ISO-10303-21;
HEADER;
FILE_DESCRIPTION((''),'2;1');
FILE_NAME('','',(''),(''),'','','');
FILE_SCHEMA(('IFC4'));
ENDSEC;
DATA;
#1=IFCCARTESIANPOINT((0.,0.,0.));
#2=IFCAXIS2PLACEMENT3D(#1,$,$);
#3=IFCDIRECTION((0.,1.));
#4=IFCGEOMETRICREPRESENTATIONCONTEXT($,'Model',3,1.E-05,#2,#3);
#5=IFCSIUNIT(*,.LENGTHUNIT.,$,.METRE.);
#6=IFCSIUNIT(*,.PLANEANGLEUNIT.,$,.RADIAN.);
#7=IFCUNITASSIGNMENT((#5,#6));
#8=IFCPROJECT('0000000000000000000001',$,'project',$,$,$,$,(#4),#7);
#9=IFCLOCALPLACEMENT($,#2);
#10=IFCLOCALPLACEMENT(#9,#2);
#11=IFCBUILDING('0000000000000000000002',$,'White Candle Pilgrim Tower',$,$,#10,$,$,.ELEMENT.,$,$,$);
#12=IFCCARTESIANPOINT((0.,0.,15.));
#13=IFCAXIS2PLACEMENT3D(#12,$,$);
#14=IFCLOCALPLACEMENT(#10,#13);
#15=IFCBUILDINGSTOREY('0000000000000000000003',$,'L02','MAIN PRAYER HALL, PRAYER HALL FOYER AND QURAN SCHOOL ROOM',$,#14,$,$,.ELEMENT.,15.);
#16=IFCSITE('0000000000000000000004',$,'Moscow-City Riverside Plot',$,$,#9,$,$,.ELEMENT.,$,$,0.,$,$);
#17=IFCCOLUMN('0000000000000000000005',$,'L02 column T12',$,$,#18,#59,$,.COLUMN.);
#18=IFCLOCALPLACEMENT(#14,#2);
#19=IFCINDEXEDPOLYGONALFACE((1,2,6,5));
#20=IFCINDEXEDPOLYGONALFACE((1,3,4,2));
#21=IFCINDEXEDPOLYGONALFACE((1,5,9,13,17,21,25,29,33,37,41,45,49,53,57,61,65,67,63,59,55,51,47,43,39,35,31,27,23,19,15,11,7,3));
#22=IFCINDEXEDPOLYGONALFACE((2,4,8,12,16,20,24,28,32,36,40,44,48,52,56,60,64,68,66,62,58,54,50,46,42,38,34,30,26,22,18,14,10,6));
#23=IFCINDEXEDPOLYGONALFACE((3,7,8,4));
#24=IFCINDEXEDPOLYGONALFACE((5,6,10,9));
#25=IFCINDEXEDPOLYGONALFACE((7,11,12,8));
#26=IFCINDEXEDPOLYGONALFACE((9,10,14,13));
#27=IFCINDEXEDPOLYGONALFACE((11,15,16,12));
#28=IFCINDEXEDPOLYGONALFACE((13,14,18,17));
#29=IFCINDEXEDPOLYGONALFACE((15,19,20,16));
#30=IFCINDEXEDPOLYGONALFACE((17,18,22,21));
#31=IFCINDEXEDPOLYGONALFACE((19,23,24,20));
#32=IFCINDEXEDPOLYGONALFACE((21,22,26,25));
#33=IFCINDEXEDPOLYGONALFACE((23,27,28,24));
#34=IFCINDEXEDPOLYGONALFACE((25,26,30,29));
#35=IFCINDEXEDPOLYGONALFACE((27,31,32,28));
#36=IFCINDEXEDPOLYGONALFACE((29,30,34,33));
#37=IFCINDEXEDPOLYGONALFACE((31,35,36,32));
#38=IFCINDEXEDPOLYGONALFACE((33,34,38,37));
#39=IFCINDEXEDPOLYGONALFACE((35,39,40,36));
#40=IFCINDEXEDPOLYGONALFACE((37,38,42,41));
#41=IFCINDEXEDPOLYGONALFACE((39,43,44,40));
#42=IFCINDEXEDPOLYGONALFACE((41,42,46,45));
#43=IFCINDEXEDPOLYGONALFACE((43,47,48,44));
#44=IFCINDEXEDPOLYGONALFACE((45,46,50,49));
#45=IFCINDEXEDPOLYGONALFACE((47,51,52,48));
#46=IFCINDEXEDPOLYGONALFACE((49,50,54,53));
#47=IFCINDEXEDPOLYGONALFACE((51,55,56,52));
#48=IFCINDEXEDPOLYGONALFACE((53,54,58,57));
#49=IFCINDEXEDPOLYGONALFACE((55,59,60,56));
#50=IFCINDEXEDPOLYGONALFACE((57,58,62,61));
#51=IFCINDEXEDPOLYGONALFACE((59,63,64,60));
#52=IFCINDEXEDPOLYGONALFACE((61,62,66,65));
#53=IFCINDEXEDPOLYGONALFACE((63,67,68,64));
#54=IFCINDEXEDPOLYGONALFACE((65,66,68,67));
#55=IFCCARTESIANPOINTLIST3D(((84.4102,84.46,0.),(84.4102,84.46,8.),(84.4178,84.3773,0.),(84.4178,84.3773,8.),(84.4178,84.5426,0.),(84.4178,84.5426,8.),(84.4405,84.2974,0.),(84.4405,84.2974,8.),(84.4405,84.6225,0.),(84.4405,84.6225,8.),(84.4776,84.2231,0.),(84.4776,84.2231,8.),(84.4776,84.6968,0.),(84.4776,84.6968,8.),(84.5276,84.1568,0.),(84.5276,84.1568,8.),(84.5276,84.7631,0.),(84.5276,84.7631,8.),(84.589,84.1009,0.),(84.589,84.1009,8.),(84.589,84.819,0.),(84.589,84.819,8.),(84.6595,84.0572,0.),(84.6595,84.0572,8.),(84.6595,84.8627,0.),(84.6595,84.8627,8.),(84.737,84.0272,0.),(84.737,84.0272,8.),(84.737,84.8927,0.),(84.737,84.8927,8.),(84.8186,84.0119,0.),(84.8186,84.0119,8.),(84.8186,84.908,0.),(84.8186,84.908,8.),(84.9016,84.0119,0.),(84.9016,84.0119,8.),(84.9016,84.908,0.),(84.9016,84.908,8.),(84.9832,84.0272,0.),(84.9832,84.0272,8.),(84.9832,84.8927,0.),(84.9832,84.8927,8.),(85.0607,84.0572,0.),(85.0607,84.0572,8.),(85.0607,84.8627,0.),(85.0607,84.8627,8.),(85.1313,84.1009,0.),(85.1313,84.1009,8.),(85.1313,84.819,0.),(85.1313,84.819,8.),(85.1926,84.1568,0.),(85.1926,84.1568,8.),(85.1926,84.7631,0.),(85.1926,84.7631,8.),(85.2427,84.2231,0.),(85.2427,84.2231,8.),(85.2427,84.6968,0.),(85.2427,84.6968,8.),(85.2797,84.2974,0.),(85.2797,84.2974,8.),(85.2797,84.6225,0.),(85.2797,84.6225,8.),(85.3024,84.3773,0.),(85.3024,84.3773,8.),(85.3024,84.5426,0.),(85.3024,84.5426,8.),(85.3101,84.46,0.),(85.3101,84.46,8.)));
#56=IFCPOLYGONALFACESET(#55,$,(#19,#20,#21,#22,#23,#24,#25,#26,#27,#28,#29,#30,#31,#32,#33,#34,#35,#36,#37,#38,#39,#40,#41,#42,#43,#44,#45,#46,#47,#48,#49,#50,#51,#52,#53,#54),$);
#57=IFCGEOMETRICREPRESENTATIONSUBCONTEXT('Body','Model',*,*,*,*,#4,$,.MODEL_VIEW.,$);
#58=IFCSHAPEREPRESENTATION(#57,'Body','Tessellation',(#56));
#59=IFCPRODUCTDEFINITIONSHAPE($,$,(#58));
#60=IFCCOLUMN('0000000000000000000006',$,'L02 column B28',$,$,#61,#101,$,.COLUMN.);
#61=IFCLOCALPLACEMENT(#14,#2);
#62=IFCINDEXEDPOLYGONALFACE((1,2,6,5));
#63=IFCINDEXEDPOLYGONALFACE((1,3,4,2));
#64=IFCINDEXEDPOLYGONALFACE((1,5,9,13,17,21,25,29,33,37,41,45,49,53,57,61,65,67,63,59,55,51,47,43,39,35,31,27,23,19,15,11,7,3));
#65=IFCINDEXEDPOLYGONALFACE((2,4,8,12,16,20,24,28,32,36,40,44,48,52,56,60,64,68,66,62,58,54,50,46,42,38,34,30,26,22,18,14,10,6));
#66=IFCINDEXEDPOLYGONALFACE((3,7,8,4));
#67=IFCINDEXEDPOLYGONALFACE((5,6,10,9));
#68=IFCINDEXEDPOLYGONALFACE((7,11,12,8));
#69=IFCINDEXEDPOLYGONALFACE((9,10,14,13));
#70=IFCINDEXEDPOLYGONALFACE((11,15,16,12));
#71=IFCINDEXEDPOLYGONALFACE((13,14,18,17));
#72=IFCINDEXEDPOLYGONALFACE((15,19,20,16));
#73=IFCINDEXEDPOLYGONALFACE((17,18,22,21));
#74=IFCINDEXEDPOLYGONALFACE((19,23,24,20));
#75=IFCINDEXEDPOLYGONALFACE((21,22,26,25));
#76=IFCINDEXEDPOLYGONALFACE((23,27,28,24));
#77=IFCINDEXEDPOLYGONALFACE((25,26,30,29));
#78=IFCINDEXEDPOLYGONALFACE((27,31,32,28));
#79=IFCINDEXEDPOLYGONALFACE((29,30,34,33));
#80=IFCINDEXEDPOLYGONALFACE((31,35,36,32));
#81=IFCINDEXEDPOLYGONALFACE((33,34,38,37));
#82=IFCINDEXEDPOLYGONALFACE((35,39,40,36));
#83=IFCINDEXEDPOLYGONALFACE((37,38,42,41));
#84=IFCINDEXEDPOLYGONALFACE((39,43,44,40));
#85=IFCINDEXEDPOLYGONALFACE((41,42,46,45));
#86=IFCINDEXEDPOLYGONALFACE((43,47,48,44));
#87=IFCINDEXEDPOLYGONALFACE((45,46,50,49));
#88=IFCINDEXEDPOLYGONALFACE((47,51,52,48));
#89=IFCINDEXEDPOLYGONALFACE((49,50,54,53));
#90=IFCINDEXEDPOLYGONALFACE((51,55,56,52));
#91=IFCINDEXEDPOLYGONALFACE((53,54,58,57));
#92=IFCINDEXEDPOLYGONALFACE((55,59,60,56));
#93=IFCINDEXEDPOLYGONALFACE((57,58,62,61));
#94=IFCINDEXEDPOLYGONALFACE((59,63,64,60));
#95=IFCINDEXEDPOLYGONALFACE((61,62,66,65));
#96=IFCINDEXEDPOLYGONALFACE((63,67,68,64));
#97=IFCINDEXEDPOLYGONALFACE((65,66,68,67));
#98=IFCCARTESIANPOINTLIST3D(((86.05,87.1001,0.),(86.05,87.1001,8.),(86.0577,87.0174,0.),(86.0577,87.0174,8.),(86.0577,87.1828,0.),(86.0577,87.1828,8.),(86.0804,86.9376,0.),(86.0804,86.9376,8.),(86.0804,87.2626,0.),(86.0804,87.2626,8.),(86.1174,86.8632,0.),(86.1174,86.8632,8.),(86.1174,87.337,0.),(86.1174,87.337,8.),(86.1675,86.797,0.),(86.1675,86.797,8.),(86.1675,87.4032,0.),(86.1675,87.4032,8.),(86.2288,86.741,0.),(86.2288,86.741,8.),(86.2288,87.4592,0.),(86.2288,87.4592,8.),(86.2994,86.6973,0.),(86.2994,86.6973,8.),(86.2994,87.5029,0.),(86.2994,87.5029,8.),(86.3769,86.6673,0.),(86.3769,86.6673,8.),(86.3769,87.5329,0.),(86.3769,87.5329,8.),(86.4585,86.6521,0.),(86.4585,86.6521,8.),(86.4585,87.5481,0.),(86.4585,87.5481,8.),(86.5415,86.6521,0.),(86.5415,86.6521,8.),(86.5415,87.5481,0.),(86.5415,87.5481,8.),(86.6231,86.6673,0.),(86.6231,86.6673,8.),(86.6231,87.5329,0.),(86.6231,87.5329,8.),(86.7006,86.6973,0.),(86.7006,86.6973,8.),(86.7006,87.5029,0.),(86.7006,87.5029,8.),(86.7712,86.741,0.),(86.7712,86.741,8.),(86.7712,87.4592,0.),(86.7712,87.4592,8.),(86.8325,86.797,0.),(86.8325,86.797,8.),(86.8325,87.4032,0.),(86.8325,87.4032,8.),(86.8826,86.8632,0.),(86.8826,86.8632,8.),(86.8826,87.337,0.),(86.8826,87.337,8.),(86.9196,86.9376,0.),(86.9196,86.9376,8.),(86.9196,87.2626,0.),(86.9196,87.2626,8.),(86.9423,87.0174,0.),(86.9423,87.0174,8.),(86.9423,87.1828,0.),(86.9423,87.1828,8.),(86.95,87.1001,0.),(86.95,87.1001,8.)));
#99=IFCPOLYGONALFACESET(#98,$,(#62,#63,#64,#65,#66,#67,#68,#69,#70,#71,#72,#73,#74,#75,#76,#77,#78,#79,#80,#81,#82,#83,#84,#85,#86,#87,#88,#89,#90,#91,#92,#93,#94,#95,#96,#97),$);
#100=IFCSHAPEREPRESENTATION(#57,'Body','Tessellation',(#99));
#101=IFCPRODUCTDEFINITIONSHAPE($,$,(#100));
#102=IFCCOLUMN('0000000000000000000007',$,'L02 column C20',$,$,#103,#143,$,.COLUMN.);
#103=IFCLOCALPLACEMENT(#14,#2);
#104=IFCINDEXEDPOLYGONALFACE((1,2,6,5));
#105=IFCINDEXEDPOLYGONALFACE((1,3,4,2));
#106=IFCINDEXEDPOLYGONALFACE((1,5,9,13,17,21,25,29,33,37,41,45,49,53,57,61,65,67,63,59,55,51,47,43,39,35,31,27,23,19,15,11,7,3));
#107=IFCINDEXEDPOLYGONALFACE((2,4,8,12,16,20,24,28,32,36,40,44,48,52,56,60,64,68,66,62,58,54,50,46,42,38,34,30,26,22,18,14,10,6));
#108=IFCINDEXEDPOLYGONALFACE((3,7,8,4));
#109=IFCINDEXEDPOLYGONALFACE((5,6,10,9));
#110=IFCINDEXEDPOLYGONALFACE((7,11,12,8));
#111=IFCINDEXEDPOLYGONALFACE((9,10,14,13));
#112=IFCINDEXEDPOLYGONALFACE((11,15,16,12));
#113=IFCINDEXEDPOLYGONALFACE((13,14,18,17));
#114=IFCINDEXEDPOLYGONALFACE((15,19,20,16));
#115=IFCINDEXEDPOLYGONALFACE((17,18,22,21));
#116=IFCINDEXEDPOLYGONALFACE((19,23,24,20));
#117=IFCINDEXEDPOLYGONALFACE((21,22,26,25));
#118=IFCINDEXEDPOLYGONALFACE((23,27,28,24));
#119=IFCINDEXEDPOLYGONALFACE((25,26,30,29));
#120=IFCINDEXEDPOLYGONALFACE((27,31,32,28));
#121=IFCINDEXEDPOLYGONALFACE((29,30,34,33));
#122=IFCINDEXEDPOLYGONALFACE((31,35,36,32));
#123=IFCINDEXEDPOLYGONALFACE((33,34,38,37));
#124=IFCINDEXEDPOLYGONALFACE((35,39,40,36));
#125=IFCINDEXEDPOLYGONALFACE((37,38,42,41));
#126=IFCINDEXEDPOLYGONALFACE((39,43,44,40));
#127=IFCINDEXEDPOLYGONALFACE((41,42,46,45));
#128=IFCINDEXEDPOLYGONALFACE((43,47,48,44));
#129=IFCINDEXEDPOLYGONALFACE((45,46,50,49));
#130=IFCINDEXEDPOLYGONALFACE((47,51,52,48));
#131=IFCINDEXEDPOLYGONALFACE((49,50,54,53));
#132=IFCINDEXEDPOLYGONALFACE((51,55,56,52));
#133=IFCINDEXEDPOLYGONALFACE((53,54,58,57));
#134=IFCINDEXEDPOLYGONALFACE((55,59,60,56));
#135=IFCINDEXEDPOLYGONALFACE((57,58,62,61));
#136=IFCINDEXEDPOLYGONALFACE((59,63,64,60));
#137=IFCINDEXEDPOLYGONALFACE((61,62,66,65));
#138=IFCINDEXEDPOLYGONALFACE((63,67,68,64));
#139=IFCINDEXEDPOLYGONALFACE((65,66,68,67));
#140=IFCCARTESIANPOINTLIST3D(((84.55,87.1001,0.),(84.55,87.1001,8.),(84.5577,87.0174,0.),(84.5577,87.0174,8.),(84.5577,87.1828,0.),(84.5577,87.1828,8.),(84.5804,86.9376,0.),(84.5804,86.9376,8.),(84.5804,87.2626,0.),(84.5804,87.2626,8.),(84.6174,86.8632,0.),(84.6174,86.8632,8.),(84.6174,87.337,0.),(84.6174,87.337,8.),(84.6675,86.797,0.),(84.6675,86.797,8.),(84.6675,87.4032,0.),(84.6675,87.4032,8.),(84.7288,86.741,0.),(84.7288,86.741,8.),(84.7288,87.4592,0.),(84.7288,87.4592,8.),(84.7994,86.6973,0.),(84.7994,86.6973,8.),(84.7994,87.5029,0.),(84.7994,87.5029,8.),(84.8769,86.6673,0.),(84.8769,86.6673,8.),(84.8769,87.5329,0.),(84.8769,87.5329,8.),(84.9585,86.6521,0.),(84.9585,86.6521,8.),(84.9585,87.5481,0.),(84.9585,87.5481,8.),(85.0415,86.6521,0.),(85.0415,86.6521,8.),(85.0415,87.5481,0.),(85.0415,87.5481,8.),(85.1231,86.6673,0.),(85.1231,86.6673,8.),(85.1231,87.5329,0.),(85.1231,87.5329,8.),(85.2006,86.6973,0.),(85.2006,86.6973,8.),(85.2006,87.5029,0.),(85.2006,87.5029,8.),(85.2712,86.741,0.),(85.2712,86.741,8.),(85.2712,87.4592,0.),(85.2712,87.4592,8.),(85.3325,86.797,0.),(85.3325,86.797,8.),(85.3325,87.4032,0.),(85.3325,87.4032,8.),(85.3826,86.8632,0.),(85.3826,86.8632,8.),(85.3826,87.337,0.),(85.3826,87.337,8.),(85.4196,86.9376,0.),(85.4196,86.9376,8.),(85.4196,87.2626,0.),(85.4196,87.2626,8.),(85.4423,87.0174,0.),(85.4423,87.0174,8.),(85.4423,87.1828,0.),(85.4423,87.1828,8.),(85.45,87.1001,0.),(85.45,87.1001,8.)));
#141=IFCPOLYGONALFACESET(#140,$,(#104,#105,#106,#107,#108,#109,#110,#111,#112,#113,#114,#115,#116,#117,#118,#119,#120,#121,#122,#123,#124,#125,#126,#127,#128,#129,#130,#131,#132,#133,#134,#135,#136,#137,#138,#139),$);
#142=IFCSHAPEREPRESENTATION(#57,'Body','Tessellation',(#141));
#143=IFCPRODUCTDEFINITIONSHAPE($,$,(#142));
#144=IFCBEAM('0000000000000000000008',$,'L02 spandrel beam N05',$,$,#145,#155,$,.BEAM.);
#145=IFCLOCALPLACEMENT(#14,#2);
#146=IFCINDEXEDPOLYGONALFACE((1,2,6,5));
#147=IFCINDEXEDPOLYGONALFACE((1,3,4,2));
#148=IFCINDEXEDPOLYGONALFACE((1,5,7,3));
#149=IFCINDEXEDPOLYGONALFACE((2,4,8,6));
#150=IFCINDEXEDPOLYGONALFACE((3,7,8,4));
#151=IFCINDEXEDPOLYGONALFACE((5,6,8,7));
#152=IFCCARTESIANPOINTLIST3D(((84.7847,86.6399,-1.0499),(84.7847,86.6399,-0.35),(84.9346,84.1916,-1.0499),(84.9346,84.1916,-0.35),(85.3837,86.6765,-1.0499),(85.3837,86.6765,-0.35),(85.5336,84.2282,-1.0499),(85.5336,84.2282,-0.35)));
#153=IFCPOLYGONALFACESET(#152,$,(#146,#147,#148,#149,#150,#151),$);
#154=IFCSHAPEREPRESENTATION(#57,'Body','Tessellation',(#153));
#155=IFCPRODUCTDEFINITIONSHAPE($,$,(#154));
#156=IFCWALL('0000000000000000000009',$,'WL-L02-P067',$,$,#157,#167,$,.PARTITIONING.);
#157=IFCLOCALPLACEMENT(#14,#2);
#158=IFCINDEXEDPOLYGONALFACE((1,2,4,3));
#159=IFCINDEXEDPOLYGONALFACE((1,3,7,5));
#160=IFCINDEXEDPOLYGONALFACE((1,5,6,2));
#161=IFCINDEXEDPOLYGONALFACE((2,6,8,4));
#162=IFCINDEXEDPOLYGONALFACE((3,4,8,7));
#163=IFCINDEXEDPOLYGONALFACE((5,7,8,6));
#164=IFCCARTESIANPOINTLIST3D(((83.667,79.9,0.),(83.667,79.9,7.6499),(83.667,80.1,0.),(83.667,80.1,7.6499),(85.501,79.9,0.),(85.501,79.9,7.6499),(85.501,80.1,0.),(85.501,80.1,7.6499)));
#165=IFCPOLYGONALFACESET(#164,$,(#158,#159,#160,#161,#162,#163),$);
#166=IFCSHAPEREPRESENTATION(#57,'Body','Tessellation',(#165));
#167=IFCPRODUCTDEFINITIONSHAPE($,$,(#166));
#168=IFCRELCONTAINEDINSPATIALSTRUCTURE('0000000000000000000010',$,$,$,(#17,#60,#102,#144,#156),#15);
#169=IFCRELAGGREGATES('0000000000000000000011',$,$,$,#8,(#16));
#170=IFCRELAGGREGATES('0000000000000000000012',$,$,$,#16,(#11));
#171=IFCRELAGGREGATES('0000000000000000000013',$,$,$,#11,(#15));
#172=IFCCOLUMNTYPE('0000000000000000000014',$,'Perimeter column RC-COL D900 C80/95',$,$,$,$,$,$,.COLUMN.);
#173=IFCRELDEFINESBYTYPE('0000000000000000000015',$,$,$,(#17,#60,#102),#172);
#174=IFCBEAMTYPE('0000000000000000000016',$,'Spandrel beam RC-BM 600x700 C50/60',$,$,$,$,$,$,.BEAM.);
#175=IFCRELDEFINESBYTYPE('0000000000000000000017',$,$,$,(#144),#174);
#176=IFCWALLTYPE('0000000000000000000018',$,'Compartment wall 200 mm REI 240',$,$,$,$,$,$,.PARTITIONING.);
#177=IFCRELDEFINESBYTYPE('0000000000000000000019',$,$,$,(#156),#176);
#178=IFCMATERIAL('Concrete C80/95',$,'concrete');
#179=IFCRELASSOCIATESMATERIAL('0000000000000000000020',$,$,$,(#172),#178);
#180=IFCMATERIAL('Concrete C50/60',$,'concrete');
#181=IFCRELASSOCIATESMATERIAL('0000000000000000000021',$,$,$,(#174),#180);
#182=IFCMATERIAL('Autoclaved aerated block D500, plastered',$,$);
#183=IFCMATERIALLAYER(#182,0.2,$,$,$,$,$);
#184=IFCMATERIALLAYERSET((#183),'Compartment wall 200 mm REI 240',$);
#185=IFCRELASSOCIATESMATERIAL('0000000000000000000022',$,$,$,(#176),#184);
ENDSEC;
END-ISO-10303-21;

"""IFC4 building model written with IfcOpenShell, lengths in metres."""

from ifc_helpers import new_model, si_unit, direction, frame, frame_2d, origin, origin_2d, place, context, subcontext, project, spatial, rectangle, circle, extrude, material, layer, layer_set, material_profile, profile_set, type_object, element, save


model = new_model("IFC4")

# Units and contexts
model_context = context("Model", 3, precision=1e-05, world=origin(), true_north=direction((0.0, 1.0)))
body_context = subcontext(model_context, "Body", "Model", "MODEL_VIEW")
ifc_project = project(units=[si_unit("LENGTHUNIT", "METRE"), si_unit("PLANEANGLEUNIT", "RADIAN")], contexts=[model_context])

# Site, building, storey
site_placement = place(None, origin())
site = spatial("IfcSite", under=ifc_project, at=site_placement, Name="Moscow-City Riverside Plot", CompositionType="ELEMENT", RefElevation=0.0)
building_placement = place(site_placement, origin())
building = spatial("IfcBuilding", under=site, at=building_placement, Name="White Candle Pilgrim Tower", CompositionType="ELEMENT")
storey_placement = place(building_placement, frame((0.0, 0.0, 15.0)))
storey = spatial("IfcBuildingStorey", under=building, at=storey_placement, Name="L02", Description="MAIN PRAYER HALL, PRAYER HALL FOYER AND QURAN SCHOOL ROOM", CompositionType="ELEMENT", Elevation=15.0)

# Columns
ifc_material_1 = material(Name="Concrete C80/95", Category="concrete")
ifc_material_profile_1 = material_profile(ifc_material_1, circle(Radius=0.45, at=origin_2d()), Name="RC-COL D900")
ifc_profile_set_1 = profile_set([ifc_material_profile_1], Name="Concrete C80/95")
column_type = type_object("IfcColumnType", Name="Perimeter column RC-COL D900 C80/95", PredefinedType="COLUMN", material=ifc_profile_set_1)
for number, where, z_axis, x_axis, name in (
    (1, (84.8601, 84.46, 0.0), (0.0, 0.0, 1.0), (1.0, 0.0, 0.0), "L02 column T12"),
    (2, (86.5, 87.1001, 0.0), (0.0, 0.0, 1.0), (1.0, 0.0, 0.0), "L02 column B28"),
    (3, (85.0, 87.1001, 0.0), (0.0, 0.0, 1.0), (1.0, 0.0, 0.0), "L02 column C20"),
):
    element("IfcColumn", number, at=place(storey_placement, frame(where, z_axis=z_axis, x_axis=x_axis)), inside=storey, type_object=column_type, Name=name, PredefinedType="COLUMN", context=body_context, shape_type="SweptSolid", body=[
        extrude(circle(Radius=0.45, at=origin_2d()), origin(), (0.0, 0.0, 1.0), 8.0),
    ])

# Beam
ifc_material_2 = material(Name="Concrete C50/60", Category="concrete")
ifc_material_profile_2 = material_profile(ifc_material_2, rectangle(XDim=0.6001, YDim=0.7, at=origin_2d()), Name="RC-BM 600x700")
ifc_profile_set_2 = profile_set([ifc_material_profile_2], Name="Concrete C50/60")
beam_type = type_object("IfcBeamType", Name="Spandrel beam RC-BM 600x700 C50/60", PredefinedType="BEAM", material=ifc_profile_set_2)
beam_placement = place(storey_placement, frame((85.0842, 86.6582, -0.7), z_axis=(0.061114, -0.998131, 0.0), x_axis=(0.998131, 0.061114, 0.0)))
element("IfcBeam", 4, at=beam_placement, inside=storey, type_object=beam_type, Name="L02 spandrel beam N05", PredefinedType="BEAM", context=body_context, shape_type="SweptSolid", body=[
    extrude(rectangle(XDim=0.6001, YDim=0.7, at=origin_2d()), origin(), (0.0, 0.0, 1.0), 2.4529),
])

# Wall
ifc_material_3 = material(Name="Autoclaved aerated block D500, plastered")
ifc_layer_1 = layer(ifc_material_3, 0.2)
ifc_layer_set_1 = layer_set([ifc_layer_1], Name="Compartment wall 200 mm REI 240")
wall_type_1 = type_object("IfcWallType", Name="Compartment wall 200 mm REI 240", PredefinedType="PARTITIONING", material=ifc_layer_set_1)
wall_1_placement = place(storey_placement, frame((83.667, 80.0, 0.0), z_axis=(0.0, 0.0, 1.0), x_axis=(1.0, 0.0, 0.0)))
element("IfcWall", 5, at=wall_1_placement, inside=storey, type_object=wall_type_1, Name="WL-L02-P067", PredefinedType="PARTITIONING", context=body_context, shape_type="SweptSolid", body=[
    extrude(rectangle(XDim=1.834, YDim=0.2, at=frame_2d((0.917, 0.0))), origin(), (0.0, 0.0, 1.0), 7.6499),
])

save(model, "model.ifc")
